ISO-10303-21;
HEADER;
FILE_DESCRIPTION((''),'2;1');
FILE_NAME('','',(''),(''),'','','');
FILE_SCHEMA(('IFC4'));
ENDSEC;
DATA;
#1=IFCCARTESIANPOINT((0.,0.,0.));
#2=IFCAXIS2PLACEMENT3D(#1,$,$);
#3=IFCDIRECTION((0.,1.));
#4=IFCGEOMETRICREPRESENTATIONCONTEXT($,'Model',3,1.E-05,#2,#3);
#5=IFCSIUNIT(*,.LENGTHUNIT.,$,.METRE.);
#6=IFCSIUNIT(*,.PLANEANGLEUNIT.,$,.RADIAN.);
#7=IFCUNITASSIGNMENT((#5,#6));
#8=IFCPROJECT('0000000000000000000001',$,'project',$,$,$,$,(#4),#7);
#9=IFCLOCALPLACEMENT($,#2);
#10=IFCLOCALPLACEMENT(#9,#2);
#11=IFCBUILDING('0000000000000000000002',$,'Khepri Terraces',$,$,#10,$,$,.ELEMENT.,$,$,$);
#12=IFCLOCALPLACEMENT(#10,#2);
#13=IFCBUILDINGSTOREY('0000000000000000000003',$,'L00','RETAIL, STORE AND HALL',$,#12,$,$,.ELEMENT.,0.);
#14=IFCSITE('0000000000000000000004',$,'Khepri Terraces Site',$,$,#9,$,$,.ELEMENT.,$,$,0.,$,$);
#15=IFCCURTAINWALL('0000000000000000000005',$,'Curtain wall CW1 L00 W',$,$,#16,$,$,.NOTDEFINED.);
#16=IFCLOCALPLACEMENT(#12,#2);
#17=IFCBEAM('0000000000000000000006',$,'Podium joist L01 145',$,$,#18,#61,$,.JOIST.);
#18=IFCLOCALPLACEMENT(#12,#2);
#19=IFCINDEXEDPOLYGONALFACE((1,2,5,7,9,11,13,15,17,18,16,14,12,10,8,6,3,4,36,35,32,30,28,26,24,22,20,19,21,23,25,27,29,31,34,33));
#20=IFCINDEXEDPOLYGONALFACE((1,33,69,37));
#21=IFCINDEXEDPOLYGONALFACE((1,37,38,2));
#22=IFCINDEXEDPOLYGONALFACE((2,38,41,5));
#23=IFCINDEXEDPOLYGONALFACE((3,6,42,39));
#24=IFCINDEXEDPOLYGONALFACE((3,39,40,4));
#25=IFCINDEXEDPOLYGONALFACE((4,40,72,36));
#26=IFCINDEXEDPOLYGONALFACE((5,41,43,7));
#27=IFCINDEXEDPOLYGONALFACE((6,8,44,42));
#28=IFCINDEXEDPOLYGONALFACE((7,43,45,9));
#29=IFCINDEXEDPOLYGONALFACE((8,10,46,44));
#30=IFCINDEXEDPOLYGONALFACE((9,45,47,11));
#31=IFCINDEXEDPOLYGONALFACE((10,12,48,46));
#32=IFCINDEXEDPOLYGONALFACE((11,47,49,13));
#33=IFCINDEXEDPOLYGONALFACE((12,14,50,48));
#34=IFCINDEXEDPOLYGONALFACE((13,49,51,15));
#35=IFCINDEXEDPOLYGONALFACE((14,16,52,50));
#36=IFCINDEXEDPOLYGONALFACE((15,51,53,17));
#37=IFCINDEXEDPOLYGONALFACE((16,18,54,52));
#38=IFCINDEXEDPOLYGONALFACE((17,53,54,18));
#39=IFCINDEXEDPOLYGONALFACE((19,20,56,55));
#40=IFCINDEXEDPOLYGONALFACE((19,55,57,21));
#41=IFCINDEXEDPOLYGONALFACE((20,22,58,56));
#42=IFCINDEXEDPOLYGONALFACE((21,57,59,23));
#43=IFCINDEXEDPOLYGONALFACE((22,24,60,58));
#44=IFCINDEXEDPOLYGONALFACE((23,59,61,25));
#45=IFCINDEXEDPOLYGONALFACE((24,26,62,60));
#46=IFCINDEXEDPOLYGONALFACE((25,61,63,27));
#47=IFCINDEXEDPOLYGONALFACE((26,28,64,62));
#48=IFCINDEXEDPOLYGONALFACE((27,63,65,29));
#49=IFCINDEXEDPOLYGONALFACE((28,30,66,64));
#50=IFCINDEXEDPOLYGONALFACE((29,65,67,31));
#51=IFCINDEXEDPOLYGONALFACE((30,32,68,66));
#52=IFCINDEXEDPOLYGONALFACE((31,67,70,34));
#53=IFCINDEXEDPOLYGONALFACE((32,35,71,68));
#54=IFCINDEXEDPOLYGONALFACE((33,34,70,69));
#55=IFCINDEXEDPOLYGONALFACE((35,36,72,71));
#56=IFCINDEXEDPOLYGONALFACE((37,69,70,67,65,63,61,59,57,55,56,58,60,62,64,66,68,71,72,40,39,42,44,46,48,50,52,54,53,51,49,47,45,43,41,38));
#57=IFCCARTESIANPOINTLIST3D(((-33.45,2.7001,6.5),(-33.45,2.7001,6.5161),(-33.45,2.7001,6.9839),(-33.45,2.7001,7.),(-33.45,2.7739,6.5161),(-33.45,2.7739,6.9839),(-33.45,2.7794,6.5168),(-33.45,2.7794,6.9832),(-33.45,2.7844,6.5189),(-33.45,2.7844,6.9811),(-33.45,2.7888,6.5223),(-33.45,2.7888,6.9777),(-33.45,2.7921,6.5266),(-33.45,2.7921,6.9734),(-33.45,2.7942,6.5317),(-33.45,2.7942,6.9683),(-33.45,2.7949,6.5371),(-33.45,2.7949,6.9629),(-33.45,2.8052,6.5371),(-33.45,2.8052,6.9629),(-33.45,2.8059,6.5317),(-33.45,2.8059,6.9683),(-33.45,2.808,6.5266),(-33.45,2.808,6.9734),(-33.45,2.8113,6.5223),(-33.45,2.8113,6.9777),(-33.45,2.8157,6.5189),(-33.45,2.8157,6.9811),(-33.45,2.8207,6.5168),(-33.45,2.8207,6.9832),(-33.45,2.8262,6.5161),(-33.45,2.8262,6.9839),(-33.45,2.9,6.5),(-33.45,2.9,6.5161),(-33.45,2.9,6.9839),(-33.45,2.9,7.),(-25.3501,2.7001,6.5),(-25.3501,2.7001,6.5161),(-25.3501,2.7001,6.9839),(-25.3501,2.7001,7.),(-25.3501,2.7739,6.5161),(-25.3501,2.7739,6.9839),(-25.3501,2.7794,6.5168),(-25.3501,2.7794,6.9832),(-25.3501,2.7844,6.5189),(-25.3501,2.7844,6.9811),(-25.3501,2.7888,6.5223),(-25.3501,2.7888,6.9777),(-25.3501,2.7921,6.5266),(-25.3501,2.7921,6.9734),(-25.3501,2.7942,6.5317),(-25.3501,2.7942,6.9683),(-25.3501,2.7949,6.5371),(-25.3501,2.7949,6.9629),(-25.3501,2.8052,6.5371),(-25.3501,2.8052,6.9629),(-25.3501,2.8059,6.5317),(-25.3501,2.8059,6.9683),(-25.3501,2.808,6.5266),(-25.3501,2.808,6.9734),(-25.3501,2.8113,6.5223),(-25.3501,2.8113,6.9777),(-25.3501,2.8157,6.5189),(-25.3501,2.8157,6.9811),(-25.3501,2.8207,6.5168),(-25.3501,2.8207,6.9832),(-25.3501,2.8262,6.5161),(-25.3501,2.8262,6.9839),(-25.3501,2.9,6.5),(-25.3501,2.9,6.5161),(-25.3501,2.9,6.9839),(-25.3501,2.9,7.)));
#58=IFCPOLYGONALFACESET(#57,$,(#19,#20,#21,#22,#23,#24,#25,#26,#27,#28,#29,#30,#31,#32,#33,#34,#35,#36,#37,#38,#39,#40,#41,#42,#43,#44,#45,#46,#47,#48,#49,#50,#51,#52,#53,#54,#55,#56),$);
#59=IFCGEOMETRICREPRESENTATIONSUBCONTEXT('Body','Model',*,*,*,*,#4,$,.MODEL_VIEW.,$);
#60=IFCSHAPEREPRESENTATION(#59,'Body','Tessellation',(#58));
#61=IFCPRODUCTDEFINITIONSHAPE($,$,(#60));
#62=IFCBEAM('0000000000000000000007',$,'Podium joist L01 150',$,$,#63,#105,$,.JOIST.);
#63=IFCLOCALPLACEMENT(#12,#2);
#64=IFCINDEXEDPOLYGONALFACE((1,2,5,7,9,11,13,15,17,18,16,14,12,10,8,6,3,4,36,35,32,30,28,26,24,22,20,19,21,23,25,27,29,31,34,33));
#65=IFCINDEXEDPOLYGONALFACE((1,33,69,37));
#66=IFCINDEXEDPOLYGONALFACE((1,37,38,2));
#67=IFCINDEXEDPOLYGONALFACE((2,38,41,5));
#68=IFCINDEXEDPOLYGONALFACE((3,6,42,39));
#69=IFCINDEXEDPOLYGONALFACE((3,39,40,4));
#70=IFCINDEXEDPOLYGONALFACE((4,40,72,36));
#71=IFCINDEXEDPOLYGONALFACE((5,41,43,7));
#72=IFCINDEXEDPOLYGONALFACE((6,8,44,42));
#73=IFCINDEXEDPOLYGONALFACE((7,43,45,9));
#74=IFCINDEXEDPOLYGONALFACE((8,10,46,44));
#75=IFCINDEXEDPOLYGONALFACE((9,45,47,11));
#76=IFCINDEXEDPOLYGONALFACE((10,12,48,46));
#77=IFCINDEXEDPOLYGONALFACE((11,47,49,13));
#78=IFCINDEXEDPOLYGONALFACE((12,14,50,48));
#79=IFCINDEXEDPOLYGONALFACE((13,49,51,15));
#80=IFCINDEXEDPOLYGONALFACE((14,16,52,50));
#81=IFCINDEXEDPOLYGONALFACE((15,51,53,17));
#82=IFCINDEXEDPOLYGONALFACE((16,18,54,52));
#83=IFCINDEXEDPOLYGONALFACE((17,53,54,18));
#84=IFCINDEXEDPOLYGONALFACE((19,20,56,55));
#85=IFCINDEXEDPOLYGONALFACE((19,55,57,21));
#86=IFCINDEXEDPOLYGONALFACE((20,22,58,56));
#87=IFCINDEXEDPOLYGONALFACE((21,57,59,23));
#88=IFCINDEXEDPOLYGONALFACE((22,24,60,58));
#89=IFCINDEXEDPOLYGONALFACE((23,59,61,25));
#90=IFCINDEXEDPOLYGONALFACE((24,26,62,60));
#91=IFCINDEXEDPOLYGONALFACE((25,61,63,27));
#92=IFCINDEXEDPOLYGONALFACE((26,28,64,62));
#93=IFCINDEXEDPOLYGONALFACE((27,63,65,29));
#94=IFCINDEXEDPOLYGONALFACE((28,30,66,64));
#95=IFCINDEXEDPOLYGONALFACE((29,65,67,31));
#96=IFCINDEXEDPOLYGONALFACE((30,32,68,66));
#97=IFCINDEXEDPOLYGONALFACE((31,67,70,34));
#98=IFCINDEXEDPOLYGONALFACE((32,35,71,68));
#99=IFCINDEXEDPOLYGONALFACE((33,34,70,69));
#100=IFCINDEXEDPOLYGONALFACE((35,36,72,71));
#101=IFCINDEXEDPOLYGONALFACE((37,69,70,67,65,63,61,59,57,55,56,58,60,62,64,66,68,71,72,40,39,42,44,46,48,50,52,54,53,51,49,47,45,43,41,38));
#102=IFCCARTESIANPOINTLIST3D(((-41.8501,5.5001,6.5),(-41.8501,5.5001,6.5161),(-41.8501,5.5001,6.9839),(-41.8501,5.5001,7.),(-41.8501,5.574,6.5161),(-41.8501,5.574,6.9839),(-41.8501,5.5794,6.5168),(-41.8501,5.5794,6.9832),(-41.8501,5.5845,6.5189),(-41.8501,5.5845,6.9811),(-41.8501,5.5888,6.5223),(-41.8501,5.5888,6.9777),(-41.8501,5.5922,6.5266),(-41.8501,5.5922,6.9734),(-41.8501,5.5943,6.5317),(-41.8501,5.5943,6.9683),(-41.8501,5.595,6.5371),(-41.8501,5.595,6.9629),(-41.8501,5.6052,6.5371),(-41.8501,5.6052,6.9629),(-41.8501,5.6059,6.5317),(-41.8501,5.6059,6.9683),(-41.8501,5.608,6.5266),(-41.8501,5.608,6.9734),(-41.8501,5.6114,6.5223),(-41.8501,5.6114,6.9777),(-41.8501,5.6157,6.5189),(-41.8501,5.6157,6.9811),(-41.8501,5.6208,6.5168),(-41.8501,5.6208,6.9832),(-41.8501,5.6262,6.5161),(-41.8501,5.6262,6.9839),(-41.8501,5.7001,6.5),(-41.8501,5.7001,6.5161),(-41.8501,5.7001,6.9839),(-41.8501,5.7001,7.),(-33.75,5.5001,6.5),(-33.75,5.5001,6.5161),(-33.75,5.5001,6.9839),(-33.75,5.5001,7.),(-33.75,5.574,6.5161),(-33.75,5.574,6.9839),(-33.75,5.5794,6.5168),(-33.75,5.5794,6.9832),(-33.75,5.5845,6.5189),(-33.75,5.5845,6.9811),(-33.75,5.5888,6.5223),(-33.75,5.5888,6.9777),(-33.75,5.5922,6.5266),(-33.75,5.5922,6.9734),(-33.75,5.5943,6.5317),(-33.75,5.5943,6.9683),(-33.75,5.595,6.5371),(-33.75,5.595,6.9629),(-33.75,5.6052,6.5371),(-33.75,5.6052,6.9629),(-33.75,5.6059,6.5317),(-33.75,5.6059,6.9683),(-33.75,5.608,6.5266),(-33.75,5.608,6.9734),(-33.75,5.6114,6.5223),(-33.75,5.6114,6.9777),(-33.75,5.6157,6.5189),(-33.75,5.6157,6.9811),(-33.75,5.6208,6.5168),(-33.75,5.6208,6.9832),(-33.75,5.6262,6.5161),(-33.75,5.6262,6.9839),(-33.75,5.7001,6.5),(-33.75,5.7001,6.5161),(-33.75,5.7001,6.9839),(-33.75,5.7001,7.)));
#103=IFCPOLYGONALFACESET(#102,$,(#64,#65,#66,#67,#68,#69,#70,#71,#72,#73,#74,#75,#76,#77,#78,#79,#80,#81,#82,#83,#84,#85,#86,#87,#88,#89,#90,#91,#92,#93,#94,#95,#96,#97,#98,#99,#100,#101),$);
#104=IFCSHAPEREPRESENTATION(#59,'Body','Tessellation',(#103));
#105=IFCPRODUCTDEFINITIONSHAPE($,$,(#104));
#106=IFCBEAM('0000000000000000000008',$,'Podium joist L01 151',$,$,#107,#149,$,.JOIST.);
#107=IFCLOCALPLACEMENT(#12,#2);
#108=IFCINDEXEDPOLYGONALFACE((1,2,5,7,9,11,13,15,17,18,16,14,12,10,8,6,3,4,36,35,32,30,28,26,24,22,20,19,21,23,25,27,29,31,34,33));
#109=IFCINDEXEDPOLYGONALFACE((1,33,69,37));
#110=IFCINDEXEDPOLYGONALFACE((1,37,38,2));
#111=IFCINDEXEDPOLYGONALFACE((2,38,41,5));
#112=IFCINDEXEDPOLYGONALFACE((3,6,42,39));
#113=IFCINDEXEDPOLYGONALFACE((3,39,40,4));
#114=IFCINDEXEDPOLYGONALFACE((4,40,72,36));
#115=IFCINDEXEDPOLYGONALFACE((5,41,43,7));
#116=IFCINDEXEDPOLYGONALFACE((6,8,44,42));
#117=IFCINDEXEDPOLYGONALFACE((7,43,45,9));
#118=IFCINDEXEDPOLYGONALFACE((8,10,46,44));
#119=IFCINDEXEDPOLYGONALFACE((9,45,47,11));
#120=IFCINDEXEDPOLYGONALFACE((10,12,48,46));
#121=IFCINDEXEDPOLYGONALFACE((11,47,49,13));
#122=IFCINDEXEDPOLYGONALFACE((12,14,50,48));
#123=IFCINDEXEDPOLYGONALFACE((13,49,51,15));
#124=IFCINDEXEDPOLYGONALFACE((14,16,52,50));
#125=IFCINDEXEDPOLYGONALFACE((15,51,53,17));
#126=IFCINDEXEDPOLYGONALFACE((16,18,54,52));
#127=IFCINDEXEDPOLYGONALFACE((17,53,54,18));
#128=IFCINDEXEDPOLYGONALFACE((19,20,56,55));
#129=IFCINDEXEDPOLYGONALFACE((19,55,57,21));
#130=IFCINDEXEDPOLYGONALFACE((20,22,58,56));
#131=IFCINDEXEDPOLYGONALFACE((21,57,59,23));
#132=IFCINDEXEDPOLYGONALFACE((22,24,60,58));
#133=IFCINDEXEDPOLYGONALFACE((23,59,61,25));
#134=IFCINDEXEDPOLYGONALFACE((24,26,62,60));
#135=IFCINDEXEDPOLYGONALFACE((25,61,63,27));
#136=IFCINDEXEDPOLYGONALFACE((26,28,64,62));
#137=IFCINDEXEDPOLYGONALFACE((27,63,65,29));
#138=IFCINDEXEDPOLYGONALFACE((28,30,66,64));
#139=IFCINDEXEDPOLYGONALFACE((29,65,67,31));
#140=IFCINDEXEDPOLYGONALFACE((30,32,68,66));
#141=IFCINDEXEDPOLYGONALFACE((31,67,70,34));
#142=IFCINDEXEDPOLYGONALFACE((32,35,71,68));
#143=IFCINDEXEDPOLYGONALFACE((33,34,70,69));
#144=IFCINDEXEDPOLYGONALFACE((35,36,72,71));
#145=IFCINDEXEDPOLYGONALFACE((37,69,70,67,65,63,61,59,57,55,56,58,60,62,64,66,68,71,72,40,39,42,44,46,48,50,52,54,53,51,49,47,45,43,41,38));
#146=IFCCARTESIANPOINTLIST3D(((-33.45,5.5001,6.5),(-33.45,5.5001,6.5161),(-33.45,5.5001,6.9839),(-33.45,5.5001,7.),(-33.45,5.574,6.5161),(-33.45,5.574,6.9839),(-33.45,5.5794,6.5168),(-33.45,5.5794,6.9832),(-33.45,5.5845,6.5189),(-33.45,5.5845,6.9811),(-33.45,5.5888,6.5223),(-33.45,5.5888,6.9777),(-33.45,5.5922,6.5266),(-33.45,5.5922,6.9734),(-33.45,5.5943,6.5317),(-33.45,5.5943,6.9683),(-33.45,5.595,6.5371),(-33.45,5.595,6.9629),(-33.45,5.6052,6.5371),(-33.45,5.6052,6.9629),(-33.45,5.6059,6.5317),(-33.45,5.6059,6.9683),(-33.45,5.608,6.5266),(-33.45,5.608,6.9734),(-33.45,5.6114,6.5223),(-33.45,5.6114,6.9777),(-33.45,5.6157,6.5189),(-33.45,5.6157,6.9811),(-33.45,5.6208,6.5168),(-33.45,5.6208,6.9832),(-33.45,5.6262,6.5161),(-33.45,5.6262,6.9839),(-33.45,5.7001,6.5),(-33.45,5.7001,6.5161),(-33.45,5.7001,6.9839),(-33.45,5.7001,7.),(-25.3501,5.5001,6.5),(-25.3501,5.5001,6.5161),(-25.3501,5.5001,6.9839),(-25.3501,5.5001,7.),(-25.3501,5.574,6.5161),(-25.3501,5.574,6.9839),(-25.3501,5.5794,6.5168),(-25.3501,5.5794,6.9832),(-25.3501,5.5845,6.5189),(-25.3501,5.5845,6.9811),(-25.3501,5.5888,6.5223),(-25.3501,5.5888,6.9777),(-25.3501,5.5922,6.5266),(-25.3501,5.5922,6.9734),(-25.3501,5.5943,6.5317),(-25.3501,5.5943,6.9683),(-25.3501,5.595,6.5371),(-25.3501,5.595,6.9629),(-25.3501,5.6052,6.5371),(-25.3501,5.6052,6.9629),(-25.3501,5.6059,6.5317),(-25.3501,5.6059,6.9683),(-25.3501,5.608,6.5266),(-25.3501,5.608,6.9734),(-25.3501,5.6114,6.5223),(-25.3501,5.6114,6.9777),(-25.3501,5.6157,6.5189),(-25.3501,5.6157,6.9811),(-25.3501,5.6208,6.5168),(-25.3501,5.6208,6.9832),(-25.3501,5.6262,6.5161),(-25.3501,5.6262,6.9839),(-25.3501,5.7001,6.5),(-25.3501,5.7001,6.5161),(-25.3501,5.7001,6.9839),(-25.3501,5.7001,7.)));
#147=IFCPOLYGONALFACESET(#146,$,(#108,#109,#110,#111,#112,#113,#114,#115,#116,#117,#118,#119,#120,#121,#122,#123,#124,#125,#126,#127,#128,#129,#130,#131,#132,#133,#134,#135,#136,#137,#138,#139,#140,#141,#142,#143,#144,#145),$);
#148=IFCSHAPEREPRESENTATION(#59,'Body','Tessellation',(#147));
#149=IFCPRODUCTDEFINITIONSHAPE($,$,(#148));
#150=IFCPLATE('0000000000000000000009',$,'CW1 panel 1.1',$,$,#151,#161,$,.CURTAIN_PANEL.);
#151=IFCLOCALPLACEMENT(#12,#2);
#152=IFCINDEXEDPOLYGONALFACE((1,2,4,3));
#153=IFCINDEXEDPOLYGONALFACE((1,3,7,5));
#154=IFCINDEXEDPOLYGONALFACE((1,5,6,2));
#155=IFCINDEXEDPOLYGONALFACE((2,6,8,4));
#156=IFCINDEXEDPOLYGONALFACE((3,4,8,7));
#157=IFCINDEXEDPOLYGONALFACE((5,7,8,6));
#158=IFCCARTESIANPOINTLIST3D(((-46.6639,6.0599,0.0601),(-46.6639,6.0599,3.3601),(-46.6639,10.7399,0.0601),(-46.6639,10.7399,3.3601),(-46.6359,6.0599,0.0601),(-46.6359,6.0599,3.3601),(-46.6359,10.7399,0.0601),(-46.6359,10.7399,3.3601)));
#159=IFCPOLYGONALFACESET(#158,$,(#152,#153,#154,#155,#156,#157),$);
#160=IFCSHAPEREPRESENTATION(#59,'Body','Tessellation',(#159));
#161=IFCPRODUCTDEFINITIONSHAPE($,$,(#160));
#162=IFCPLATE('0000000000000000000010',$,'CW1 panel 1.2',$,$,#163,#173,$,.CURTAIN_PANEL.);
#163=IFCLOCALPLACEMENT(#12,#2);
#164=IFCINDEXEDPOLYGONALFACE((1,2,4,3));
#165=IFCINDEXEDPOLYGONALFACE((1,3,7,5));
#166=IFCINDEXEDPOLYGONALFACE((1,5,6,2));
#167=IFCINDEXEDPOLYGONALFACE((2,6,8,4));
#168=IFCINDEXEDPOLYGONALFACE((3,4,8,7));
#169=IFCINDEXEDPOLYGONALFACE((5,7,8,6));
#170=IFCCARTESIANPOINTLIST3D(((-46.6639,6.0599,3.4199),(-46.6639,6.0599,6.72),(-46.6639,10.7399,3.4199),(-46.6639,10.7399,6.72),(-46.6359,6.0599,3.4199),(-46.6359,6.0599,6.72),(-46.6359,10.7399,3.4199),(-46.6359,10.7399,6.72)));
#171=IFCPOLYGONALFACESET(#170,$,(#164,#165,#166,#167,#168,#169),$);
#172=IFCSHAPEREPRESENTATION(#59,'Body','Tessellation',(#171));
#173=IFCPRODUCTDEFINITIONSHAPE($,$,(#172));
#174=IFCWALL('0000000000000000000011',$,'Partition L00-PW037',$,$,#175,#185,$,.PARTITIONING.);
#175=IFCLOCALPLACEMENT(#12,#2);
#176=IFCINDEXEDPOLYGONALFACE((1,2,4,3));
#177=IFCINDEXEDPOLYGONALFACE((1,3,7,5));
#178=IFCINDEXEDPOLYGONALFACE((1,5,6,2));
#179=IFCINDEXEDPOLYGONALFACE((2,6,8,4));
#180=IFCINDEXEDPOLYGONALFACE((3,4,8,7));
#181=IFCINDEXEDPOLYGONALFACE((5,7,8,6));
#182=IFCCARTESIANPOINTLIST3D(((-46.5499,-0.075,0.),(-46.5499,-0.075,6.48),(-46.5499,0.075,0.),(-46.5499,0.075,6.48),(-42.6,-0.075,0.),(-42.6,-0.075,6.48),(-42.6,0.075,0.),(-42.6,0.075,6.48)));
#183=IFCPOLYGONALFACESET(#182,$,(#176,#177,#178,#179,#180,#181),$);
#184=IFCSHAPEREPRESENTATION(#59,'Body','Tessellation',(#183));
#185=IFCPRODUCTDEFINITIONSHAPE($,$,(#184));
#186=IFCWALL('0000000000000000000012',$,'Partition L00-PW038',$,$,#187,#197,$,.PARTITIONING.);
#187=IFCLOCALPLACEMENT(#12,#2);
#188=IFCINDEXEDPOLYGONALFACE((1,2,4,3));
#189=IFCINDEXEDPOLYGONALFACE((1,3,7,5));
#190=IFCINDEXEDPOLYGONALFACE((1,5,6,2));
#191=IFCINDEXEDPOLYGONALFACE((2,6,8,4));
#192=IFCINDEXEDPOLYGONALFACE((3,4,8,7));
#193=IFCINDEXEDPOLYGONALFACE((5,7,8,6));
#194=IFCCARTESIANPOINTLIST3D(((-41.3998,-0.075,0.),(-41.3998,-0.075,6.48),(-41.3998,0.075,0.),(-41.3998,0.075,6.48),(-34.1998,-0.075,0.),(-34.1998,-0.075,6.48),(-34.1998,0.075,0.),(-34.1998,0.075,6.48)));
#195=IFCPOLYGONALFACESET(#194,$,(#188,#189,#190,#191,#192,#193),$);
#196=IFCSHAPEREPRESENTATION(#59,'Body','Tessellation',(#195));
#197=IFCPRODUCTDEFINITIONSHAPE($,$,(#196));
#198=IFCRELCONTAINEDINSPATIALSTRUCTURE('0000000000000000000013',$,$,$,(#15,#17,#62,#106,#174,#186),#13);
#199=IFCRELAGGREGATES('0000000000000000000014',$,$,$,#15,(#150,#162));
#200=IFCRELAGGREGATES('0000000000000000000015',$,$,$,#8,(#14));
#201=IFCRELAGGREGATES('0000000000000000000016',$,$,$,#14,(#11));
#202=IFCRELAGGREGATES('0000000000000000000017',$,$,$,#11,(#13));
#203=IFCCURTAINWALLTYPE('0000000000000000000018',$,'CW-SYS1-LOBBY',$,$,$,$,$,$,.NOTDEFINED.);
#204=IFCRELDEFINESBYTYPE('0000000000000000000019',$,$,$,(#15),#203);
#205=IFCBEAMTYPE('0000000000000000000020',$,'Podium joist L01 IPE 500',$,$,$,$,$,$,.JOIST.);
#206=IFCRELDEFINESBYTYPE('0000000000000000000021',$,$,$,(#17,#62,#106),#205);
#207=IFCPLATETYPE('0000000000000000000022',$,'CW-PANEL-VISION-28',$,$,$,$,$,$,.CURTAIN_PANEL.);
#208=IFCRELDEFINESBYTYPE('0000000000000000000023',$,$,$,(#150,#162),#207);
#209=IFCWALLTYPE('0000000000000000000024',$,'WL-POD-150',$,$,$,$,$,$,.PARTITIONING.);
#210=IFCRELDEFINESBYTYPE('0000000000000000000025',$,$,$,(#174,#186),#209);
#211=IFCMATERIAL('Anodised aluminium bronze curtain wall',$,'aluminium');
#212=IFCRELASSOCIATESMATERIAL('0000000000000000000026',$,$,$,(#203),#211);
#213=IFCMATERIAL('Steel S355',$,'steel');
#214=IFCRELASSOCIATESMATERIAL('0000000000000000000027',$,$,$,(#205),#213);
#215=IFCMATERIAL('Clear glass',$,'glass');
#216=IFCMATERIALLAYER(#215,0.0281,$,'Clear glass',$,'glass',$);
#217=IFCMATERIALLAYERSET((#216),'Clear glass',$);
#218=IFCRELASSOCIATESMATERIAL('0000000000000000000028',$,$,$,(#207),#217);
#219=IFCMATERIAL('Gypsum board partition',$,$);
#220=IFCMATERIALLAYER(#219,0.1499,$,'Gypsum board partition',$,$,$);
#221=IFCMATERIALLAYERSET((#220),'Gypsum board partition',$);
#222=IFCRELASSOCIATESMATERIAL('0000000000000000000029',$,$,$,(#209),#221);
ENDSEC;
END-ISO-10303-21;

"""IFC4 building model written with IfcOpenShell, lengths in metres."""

from ifc_helpers import new_model, si_unit, direction, frame, frame_2d, origin, origin_2d, place, context, subcontext, project, spatial, rectangle, i_section, extrude, material, layer, layer_set, material_profile, profile_set, type_object, element, aggregate, save


model = new_model("IFC4")

# Units and contexts
model_context = context("Model", 3, precision=1e-05, world=origin(), true_north=direction((0.0, 1.0)))
body_context = subcontext(model_context, "Body", "Model", "MODEL_VIEW")
ifc_project = project(units=[si_unit("LENGTHUNIT", "METRE"), si_unit("PLANEANGLEUNIT", "RADIAN")], contexts=[model_context])

# Site, building, storey
site_placement = place(None, origin())
site = spatial("IfcSite", under=ifc_project, at=site_placement, Name="Khepri Terraces Site", CompositionType="ELEMENT", RefElevation=0.0)
building_placement = place(site_placement, origin())
building = spatial("IfcBuilding", under=site, at=building_placement, Name="Khepri Terraces", CompositionType="ELEMENT")
storey_placement = place(building_placement, origin())
storey = spatial("IfcBuildingStorey", under=building, at=storey_placement, Name="L00", Description="RETAIL, STORE AND HALL", CompositionType="ELEMENT", Elevation=0.0)

# Curtain wall
ifc_material_1 = material(Name="Anodised aluminium bronze curtain wall", Category="aluminium")
curtain_wall_type = type_object("IfcCurtainWallType", Name="CW-SYS1-LOBBY", PredefinedType="NOTDEFINED", material=ifc_material_1)
curtain_wall_1_placement = place(storey_placement, origin())
curtain_wall_1 = element("IfcCurtainWall", 1, at=curtain_wall_1_placement, inside=storey, type_object=curtain_wall_type, Name="Curtain wall CW1 L00 W", PredefinedType="NOTDEFINED")

# Beams
ifc_material_2 = material(Name="Steel S355", Category="steel")
ifc_material_profile_1 = material_profile(ifc_material_2, i_section(OverallWidth=0.2, OverallDepth=0.5, WebThickness=0.0103, FlangeThickness=0.0161, FilletRadius=0.021, at=origin_2d()), Name="Steel S355", Category="steel")
ifc_profile_set_1 = profile_set([ifc_material_profile_1], Name="Steel S355")
beam_type_1 = type_object("IfcBeamType", Name="Podium joist L01 IPE 500", PredefinedType="JOIST", material=ifc_profile_set_1)
beam_1_placement = place(storey_placement, frame((-33.45, 2.8, 6.75), z_axis=(1.0, 0.0, 0.0), x_axis=(0.0, 1.0, 0.0)))
element("IfcBeam", 2, at=beam_1_placement, inside=storey, type_object=beam_type_1, Name="Podium joist L01 145", PredefinedType="JOIST", context=body_context, shape_type="SweptSolid", body=[
    extrude(i_section(OverallWidth=0.2, OverallDepth=0.5, WebThickness=0.0103, FlangeThickness=0.0161, FilletRadius=0.021, at=origin_2d()), origin(), (0.0, 0.0, 1.0), 8.0999),
])
beam_2_placement = place(storey_placement, frame((-41.8501, 5.6001, 6.75), z_axis=(1.0, 0.0, 0.0), x_axis=(0.0, 1.0, 0.0)))
element("IfcBeam", 3, at=beam_2_placement, inside=storey, type_object=beam_type_1, Name="Podium joist L01 150", PredefinedType="JOIST", context=body_context, shape_type="SweptSolid", body=[
    extrude(i_section(OverallWidth=0.2, OverallDepth=0.5, WebThickness=0.0103, FlangeThickness=0.0161, FilletRadius=0.021, at=origin_2d()), origin(), (0.0, 0.0, 1.0), 8.1001),
])
beam_3_placement = place(storey_placement, frame((-33.45, 5.6001, 6.75), z_axis=(1.0, 0.0, 0.0), x_axis=(0.0, 1.0, 0.0)))
element("IfcBeam", 4, at=beam_3_placement, inside=storey, type_object=beam_type_1, Name="Podium joist L01 151", PredefinedType="JOIST", context=body_context, shape_type="SweptSolid", body=[
    extrude(i_section(OverallWidth=0.2, OverallDepth=0.5, WebThickness=0.0103, FlangeThickness=0.0161, FilletRadius=0.021, at=origin_2d()), origin(), (0.0, 0.0, 1.0), 8.0999),
])

# Plates
ifc_material_3 = material(Name="Clear glass", Category="glass")
ifc_layer_1 = layer(ifc_material_3, 0.0281, Name="Clear glass", Category="glass")
ifc_layer_set_1 = layer_set([ifc_layer_1], Name="Clear glass")
plate_type = type_object("IfcPlateType", Name="CW-PANEL-VISION-28", PredefinedType="CURTAIN_PANEL", material=ifc_layer_set_1)
plate_1_placement = place(storey_placement, frame((-46.6499, 8.3999, 0.0601), z_axis=(0.0, 0.0, 1.0), x_axis=(0.0, -1.0, 0.0)))
plate_1 = element("IfcPlate", 5, at=plate_1_placement, type_object=plate_type, Name="CW1 panel 1.1", PredefinedType="CURTAIN_PANEL", context=body_context, shape_type="SweptSolid", body=[
    extrude(rectangle(XDim=4.6799, YDim=0.0281, at=origin_2d()), origin(), (0.0, 0.0, 1.0), 3.3),
])
plate_2_placement = place(storey_placement, frame((-46.6499, 8.3999, 3.4199), z_axis=(0.0, 0.0, 1.0), x_axis=(0.0, -1.0, 0.0)))
plate_2 = element("IfcPlate", 6, at=plate_2_placement, type_object=plate_type, Name="CW1 panel 1.2", PredefinedType="CURTAIN_PANEL", context=body_context, shape_type="SweptSolid", body=[
    extrude(rectangle(XDim=4.6799, YDim=0.0281, at=origin_2d()), origin(), (0.0, 0.0, 1.0), 3.3),
])
aggregate(curtain_wall_1, [plate_1, plate_2])

# Walls
ifc_material_4 = material(Name="Gypsum board partition")
ifc_layer_2 = layer(ifc_material_4, 0.1499, Name="Gypsum board partition")
ifc_layer_set_2 = layer_set([ifc_layer_2], Name="Gypsum board partition")
wall_type_1 = type_object("IfcWallType", Name="WL-POD-150", PredefinedType="PARTITIONING", material=ifc_layer_set_2)
wall_1_placement = place(storey_placement, frame((-46.55, 0.0, 0.0), z_axis=(0.0, 0.0, 1.0), x_axis=(1.0, 0.0, 0.0)))
element("IfcWall", 7, at=wall_1_placement, inside=storey, type_object=wall_type_1, Name="Partition L00-PW037", PredefinedType="PARTITIONING", context=body_context, shape_type="SweptSolid", body=[
    extrude(rectangle(XDim=3.95, YDim=0.1499, at=frame_2d((1.9751, 0.0))), origin(), (0.0, 0.0, 1.0), 6.48),
])
wall_2_placement = place(storey_placement, frame((-41.3999, 0.0, 0.0), z_axis=(0.0, 0.0, 1.0), x_axis=(1.0, 0.0, 0.0)))
element("IfcWall", 8, at=wall_2_placement, inside=storey, type_object=wall_type_1, Name="Partition L00-PW038", PredefinedType="PARTITIONING", context=body_context, shape_type="SweptSolid", body=[
    extrude(rectangle(XDim=7.2, YDim=0.1499, at=frame_2d((3.6001, 0.0))), origin(), (0.0, 0.0, 1.0), 6.48),
])

save(model, "model.ifc")
